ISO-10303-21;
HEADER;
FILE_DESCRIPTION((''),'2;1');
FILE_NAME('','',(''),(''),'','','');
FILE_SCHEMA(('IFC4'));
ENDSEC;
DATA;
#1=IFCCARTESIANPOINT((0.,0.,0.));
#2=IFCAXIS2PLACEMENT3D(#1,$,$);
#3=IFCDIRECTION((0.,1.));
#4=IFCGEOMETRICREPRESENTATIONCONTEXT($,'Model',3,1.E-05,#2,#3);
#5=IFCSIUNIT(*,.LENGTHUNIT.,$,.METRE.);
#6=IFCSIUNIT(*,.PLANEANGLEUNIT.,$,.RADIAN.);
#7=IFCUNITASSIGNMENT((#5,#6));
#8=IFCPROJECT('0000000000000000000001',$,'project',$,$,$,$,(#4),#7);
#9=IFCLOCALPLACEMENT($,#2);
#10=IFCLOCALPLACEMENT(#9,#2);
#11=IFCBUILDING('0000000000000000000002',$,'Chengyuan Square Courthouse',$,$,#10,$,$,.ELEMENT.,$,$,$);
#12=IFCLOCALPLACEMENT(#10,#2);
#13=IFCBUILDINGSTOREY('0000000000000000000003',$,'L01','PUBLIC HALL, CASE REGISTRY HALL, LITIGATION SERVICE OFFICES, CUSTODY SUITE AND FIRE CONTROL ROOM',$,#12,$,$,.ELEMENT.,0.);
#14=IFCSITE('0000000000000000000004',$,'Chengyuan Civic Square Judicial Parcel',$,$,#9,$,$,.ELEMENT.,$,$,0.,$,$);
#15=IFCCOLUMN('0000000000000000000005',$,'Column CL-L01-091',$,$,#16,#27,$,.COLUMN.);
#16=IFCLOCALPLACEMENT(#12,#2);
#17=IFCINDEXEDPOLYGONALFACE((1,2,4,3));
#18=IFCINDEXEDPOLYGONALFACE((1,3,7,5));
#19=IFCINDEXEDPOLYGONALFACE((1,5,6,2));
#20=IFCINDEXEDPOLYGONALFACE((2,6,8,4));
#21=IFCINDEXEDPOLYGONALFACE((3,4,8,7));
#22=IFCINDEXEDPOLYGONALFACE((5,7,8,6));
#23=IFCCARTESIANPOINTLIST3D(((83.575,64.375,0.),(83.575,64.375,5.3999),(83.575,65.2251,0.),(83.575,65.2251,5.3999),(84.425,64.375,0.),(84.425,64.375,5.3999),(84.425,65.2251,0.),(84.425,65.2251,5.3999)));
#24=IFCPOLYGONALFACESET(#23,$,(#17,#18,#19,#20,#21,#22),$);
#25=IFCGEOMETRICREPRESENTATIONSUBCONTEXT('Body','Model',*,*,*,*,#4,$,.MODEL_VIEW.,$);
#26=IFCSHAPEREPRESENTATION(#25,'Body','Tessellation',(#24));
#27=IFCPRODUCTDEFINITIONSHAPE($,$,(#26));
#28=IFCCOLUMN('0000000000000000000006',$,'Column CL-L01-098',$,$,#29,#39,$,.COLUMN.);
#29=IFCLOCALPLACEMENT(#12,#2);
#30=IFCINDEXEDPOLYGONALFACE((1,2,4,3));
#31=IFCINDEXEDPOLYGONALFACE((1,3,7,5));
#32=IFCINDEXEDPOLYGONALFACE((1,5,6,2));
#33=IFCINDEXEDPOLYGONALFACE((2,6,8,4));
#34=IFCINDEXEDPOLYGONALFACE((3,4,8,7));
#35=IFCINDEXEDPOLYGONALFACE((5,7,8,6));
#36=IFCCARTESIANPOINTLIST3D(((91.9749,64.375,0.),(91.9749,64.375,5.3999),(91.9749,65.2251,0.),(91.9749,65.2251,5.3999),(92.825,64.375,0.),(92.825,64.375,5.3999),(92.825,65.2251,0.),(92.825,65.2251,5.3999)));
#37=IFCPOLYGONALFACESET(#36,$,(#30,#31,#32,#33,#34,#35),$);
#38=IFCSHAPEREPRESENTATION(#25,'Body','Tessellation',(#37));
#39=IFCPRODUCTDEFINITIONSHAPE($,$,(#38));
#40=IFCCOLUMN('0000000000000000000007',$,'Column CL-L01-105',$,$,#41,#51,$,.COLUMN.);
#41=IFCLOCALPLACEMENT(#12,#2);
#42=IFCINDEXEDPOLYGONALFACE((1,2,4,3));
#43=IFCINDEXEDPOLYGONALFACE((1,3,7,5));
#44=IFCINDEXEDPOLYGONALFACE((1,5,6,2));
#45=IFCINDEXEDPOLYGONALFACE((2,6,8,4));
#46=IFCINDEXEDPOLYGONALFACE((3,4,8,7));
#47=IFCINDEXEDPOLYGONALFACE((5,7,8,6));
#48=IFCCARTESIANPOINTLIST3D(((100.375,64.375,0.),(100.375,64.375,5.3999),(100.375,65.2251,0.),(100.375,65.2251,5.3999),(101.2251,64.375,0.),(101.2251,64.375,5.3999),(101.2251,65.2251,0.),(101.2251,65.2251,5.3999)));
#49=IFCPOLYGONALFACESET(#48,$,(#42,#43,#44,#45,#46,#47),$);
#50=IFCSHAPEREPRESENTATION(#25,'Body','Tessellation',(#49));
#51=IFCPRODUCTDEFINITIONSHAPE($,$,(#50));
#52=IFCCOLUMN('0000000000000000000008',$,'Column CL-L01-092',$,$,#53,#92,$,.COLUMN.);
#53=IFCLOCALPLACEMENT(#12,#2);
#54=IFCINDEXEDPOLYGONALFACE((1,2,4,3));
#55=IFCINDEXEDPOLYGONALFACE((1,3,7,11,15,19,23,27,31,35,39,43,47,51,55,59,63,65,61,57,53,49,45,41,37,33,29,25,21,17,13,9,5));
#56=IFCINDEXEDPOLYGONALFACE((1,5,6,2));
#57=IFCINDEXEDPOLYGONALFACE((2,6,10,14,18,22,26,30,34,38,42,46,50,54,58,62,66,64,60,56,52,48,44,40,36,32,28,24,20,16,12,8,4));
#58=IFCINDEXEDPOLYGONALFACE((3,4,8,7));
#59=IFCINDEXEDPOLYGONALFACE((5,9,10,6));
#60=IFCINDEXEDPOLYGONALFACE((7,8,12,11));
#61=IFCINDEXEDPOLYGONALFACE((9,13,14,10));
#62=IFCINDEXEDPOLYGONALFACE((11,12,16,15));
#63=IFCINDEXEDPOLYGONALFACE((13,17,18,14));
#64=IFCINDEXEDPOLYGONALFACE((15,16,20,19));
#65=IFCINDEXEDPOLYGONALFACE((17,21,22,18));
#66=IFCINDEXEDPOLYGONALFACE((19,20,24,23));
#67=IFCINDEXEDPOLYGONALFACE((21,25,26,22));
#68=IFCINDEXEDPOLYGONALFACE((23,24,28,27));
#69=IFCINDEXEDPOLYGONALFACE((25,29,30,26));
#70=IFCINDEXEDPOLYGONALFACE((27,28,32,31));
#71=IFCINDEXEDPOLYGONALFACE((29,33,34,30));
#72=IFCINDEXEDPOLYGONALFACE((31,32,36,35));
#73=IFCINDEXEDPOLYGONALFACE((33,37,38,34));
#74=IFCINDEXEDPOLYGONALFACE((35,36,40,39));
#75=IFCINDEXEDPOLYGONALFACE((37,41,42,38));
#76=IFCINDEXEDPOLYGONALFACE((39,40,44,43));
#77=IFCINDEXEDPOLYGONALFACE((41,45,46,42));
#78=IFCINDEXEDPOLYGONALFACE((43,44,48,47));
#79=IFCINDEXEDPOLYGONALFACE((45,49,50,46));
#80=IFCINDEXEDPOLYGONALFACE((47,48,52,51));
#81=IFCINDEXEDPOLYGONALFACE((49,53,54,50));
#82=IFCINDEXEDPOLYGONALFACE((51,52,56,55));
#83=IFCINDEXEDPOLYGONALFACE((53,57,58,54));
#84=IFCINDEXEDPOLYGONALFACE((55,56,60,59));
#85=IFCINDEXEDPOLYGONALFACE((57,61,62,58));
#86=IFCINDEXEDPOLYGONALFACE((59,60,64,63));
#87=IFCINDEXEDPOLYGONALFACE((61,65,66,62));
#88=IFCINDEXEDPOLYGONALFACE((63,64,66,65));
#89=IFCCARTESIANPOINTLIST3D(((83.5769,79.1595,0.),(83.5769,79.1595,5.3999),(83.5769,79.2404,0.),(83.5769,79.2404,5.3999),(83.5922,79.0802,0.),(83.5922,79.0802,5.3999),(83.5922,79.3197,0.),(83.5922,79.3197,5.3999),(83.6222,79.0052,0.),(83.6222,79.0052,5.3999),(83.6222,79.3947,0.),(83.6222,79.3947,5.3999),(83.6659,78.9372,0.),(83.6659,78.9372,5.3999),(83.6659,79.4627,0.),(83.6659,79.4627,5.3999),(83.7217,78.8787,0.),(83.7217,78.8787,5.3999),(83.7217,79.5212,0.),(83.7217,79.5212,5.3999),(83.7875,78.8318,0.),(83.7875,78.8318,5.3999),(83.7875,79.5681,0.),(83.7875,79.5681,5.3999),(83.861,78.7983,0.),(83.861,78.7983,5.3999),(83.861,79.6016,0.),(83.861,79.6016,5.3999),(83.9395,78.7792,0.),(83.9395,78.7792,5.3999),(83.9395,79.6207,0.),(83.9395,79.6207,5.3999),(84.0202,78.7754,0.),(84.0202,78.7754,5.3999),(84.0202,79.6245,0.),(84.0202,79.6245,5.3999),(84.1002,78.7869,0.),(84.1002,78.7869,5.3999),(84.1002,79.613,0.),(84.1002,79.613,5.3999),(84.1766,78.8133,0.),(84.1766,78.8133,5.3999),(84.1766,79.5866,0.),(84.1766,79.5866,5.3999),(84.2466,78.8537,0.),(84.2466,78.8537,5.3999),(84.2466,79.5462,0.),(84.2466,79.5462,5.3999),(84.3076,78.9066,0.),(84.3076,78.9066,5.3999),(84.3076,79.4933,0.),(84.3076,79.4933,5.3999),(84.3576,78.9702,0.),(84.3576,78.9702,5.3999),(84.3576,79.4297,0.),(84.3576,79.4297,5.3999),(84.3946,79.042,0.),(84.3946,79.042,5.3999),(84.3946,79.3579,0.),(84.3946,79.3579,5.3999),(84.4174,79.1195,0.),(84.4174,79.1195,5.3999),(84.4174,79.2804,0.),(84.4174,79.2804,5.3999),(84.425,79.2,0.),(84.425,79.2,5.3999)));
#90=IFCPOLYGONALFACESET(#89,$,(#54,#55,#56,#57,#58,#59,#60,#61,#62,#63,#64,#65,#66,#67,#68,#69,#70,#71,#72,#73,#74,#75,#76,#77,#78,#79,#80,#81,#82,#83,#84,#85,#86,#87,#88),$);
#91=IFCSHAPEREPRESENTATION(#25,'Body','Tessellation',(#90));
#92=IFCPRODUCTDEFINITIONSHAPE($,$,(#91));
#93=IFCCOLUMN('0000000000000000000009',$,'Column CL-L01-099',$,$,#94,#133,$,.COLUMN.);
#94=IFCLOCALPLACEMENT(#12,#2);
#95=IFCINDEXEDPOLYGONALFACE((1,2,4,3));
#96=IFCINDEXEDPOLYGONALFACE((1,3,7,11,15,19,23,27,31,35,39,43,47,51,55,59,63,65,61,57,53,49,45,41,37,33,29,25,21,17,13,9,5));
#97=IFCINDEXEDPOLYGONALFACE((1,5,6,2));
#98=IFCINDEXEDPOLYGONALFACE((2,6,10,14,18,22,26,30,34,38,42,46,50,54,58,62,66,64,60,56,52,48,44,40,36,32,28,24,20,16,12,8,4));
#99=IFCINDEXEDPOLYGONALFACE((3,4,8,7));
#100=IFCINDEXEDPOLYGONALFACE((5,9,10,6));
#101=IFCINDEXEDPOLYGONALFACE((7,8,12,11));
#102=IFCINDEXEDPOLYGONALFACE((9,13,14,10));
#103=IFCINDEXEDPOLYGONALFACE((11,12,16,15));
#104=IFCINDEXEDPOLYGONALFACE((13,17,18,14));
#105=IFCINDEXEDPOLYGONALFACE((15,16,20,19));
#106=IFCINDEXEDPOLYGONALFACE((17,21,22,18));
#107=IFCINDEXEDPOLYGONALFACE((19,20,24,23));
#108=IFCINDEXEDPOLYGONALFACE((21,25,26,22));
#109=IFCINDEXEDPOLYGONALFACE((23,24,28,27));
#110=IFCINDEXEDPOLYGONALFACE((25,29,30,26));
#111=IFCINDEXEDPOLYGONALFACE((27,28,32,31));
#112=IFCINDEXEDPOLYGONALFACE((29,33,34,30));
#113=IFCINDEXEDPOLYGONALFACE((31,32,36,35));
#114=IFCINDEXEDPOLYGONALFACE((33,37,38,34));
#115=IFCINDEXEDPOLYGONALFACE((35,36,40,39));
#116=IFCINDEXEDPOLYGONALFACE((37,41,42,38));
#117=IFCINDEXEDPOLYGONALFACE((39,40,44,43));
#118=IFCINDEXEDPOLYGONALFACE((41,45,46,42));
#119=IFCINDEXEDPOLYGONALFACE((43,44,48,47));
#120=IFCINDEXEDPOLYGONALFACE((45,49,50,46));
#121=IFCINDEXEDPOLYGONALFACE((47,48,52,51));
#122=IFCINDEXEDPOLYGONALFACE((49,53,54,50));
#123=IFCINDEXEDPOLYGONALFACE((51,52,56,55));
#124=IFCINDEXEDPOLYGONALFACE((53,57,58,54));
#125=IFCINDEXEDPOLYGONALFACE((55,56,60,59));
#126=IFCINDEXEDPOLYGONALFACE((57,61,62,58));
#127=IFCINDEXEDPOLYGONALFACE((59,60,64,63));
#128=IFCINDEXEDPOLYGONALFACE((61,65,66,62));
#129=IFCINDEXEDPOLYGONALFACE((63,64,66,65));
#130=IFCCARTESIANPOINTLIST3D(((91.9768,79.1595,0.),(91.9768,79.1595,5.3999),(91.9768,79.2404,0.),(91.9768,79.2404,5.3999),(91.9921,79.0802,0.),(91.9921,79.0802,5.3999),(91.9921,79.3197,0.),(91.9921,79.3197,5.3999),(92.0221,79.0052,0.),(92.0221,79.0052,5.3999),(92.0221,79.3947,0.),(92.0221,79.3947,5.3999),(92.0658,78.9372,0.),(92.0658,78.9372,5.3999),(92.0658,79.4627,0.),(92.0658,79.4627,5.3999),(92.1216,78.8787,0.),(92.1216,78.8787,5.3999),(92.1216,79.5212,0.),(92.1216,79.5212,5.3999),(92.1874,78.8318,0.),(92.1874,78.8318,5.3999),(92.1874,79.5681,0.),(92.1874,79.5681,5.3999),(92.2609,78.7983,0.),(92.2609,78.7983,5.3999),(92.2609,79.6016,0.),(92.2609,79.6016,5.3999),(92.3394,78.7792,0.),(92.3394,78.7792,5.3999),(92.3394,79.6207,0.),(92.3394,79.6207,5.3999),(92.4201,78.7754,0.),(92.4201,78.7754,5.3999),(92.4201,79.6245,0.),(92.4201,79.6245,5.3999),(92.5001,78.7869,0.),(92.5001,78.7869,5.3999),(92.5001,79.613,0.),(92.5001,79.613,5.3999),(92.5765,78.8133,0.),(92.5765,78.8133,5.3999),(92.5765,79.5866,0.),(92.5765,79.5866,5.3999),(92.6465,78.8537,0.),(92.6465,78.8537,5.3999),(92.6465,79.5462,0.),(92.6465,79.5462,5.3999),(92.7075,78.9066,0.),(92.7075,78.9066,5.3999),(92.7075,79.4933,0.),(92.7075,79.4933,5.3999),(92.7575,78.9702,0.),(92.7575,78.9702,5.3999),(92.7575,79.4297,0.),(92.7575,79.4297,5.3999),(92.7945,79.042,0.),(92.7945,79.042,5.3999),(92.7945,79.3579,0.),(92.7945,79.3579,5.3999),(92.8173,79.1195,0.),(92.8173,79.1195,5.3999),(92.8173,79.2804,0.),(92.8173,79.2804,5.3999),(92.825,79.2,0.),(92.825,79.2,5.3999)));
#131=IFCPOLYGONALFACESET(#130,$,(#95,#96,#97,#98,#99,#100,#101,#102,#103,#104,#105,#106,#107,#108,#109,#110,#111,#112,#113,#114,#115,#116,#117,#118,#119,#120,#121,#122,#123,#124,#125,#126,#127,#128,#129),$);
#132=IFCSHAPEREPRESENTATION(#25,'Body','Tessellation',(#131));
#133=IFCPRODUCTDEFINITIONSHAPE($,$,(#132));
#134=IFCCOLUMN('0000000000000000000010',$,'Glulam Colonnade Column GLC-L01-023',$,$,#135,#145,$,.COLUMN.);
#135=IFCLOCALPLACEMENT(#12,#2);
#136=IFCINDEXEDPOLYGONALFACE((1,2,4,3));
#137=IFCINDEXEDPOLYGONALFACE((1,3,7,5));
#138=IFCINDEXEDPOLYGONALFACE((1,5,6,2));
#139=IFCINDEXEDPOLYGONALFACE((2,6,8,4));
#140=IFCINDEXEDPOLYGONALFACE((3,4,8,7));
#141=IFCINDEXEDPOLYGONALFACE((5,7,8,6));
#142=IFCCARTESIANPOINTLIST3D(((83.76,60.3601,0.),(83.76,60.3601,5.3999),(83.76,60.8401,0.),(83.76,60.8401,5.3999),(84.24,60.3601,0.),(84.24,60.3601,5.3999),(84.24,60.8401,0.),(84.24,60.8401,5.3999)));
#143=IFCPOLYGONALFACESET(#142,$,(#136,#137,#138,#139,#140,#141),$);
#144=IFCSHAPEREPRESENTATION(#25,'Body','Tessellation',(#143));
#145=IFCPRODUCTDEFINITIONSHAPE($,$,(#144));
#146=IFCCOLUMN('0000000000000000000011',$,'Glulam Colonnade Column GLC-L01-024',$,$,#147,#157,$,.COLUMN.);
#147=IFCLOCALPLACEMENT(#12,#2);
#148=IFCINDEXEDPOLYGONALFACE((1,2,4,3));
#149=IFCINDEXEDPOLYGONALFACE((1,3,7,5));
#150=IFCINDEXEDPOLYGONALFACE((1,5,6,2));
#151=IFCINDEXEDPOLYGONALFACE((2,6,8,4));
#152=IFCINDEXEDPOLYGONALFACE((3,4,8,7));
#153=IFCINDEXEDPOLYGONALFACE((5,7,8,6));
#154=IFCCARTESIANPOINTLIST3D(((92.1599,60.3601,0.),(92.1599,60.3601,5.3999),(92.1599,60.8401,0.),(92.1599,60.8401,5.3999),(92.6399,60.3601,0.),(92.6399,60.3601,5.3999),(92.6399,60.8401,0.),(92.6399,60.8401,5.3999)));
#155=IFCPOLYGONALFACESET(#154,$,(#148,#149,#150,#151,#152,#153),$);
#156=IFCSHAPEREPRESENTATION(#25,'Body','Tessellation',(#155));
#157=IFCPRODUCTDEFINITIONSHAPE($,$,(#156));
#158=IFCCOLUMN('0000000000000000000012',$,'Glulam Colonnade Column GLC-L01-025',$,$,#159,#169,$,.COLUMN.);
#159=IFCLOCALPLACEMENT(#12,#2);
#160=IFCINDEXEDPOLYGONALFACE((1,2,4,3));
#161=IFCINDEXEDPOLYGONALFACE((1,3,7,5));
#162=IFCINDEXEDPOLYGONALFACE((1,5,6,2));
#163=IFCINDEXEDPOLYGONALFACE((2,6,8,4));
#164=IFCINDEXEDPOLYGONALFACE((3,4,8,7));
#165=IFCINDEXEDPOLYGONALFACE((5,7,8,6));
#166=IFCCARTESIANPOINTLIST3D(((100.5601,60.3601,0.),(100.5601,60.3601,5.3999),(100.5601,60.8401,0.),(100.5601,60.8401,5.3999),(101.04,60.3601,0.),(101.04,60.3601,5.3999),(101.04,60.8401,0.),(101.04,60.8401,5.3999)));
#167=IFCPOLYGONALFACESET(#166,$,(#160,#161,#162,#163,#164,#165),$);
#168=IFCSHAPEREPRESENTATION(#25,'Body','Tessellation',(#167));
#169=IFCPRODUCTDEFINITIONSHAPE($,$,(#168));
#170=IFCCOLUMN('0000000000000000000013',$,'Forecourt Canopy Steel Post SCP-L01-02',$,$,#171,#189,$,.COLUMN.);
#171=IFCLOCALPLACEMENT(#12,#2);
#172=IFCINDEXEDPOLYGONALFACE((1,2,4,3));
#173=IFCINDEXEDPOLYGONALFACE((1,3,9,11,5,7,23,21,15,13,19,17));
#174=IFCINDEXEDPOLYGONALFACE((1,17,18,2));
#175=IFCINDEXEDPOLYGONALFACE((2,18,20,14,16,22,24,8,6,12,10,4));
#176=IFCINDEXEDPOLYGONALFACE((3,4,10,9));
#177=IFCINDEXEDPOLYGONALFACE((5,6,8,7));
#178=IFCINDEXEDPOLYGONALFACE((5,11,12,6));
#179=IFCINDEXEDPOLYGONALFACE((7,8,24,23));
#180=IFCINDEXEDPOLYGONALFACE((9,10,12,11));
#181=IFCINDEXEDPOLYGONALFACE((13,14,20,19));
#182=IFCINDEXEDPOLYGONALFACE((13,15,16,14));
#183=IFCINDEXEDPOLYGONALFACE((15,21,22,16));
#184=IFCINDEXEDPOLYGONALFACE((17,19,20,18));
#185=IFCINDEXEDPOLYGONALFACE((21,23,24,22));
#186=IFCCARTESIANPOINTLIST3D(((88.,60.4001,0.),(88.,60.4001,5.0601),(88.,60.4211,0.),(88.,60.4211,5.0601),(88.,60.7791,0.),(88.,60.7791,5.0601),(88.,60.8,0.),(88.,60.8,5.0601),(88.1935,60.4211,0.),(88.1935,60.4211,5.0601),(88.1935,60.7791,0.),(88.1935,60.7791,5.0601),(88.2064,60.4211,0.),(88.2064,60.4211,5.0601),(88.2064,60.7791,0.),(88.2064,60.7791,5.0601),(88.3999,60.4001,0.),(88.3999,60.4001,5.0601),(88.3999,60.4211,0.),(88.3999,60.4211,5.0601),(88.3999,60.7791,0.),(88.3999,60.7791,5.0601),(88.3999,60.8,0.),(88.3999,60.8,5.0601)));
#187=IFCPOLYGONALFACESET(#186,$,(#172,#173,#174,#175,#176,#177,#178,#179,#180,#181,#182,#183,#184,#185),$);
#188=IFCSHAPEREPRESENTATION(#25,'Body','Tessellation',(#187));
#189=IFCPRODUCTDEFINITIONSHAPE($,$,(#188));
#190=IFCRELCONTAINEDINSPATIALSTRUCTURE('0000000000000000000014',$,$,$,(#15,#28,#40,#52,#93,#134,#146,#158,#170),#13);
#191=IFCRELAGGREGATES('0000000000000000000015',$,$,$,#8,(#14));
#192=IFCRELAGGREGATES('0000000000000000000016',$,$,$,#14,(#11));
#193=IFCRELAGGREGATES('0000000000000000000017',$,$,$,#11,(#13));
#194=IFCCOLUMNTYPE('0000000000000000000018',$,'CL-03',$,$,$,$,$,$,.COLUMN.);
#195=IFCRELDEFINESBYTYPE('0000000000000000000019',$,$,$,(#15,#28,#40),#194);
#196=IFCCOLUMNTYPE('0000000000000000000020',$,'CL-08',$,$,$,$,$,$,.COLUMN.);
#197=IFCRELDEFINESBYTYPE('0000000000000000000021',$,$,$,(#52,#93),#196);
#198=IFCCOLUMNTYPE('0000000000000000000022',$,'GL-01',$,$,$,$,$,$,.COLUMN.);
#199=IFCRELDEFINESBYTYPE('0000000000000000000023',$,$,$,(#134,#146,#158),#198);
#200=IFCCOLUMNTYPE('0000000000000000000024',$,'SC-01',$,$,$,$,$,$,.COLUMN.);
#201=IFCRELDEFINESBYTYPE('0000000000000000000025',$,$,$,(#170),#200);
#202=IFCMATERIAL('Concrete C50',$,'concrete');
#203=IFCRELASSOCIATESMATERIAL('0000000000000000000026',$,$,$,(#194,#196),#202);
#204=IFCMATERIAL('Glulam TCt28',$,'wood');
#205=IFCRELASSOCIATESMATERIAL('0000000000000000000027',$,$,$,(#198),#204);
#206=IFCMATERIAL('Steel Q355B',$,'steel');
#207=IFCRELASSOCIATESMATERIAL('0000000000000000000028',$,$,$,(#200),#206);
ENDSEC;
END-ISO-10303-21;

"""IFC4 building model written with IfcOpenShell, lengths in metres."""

from ifc_helpers import new_model, si_unit, direction, frame, origin, origin_2d, place, context, subcontext, project, spatial, rectangle, circle, i_section, extrude, material, material_profile, profile_set, type_object, element, save


model = new_model("IFC4")

# Units and contexts
model_context = context("Model", 3, precision=1e-05, world=origin(), true_north=direction((0.0, 1.0)))
body_context = subcontext(model_context, "Body", "Model", "MODEL_VIEW")
ifc_project = project(units=[si_unit("LENGTHUNIT", "METRE"), si_unit("PLANEANGLEUNIT", "RADIAN")], contexts=[model_context])

# Site, building, storey
site_placement = place(None, origin())
site = spatial("IfcSite", under=ifc_project, at=site_placement, Name="Chengyuan Civic Square Judicial Parcel", CompositionType="ELEMENT", RefElevation=0.0)
building_placement = place(site_placement, origin())
building = spatial("IfcBuilding", under=site, at=building_placement, Name="Chengyuan Square Courthouse", CompositionType="ELEMENT")
storey_placement = place(building_placement, origin())
storey = spatial("IfcBuildingStorey", under=building, at=storey_placement, Name="L01", Description="PUBLIC HALL, CASE REGISTRY HALL, LITIGATION SERVICE OFFICES, CUSTODY SUITE AND FIRE CONTROL ROOM", CompositionType="ELEMENT", Elevation=0.0)

# Columns
ifc_material_1 = material(Name="Concrete C50", Category="concrete")
ifc_material_profile_1 = material_profile(ifc_material_1, rectangle(XDim=0.8501, YDim=0.8501, at=origin_2d()), Name="RC-COL-850x850")
ifc_profile_set_1 = profile_set([ifc_material_profile_1], Name="Concrete C50")
column_type_1 = type_object("IfcColumnType", Name="CL-03", PredefinedType="COLUMN", material=ifc_profile_set_1)
for number, where, z_axis, x_axis, name in (
    (1, (84.0, 64.8, 0.0), (0.0, 0.0, 1.0), (1.0, 0.0, 0.0), "Column CL-L01-091"),
    (2, (92.3999, 64.8, 0.0), (0.0, 0.0, 1.0), (1.0, 0.0, 0.0), "Column CL-L01-098"),
    (3, (100.8, 64.8, 0.0), (0.0, 0.0, 1.0), (1.0, 0.0, 0.0), "Column CL-L01-105"),
):
    element("IfcColumn", number, at=place(storey_placement, frame(where, z_axis=z_axis, x_axis=x_axis)), inside=storey, type_object=column_type_1, Name=name, PredefinedType="COLUMN", context=body_context, shape_type="SweptSolid", body=[
        extrude(rectangle(XDim=0.8501, YDim=0.8501, at=origin_2d()), origin(), (0.0, 0.0, 1.0), 5.3999),
    ])
ifc_material_profile_2 = material_profile(ifc_material_1, circle(Radius=0.425, at=origin_2d()), Name="RC-COL-D850")
ifc_profile_set_2 = profile_set([ifc_material_profile_2], Name="Concrete C50")
column_type_2 = type_object("IfcColumnType", Name="CL-08", PredefinedType="COLUMN", material=ifc_profile_set_2)
for number, where, z_axis, x_axis, name in (
    (4, (84.0, 79.2, 0.0), (0.0, 0.0, 1.0), (1.0, 0.0, 0.0), "Column CL-L01-092"),
    (5, (92.3999, 79.2, 0.0), (0.0, 0.0, 1.0), (1.0, 0.0, 0.0), "Column CL-L01-099"),
):
    element("IfcColumn", number, at=place(storey_placement, frame(where, z_axis=z_axis, x_axis=x_axis)), inside=storey, type_object=column_type_2, Name=name, PredefinedType="COLUMN", context=body_context, shape_type="SweptSolid", body=[
        extrude(circle(Radius=0.425, at=origin_2d()), origin(), (0.0, 0.0, 1.0), 5.3999),
    ])
ifc_material_2 = material(Name="Glulam TCt28", Category="wood")
ifc_material_profile_3 = material_profile(ifc_material_2, rectangle(XDim=0.48, YDim=0.48, at=origin_2d()), Name="GL-COL-480x480")
ifc_profile_set_3 = profile_set([ifc_material_profile_3], Name="Glulam TCt28")
column_type_3 = type_object("IfcColumnType", Name="GL-01", PredefinedType="COLUMN", material=ifc_profile_set_3)
for number, where, z_axis, x_axis, name in (
    (6, (84.0, 60.6001, 0.0), (0.0, 0.0, 1.0), (1.0, 0.0, 0.0), "Glulam Colonnade Column GLC-L01-023"),
    (7, (92.3999, 60.6001, 0.0), (0.0, 0.0, 1.0), (1.0, 0.0, 0.0), "Glulam Colonnade Column GLC-L01-024"),
    (8, (100.8, 60.6001, 0.0), (0.0, 0.0, 1.0), (1.0, 0.0, 0.0), "Glulam Colonnade Column GLC-L01-025"),
):
    element("IfcColumn", number, at=place(storey_placement, frame(where, z_axis=z_axis, x_axis=x_axis)), inside=storey, type_object=column_type_3, Name=name, PredefinedType="COLUMN", context=body_context, shape_type="SweptSolid", body=[
        extrude(rectangle(XDim=0.48, YDim=0.48, at=origin_2d()), origin(), (0.0, 0.0, 1.0), 5.3999),
    ])
ifc_material_3 = material(Name="Steel Q355B", Category="steel")
ifc_material_profile_4 = material_profile(ifc_material_3, i_section(OverallWidth=0.3999, OverallDepth=0.3999, WebThickness=0.0129, FlangeThickness=0.021, at=origin_2d()), Name="HW 400x400x13x21")
ifc_profile_set_4 = profile_set([ifc_material_profile_4], Name="Steel Q355B")
column_type_4 = type_object("IfcColumnType", Name="SC-01", PredefinedType="COLUMN", material=ifc_profile_set_4)
for number, where, z_axis, x_axis, name in (
    (9, (88.2, 60.6001, 0.0), (0.0, 0.0, 1.0), (1.0, 0.0, 0.0), "Forecourt Canopy Steel Post SCP-L01-02"),
):
    element("IfcColumn", number, at=place(storey_placement, frame(where, z_axis=z_axis, x_axis=x_axis)), inside=storey, type_object=column_type_4, Name=name, PredefinedType="COLUMN", context=body_context, shape_type="SweptSolid", body=[
        extrude(i_section(OverallWidth=0.3999, OverallDepth=0.3999, WebThickness=0.0129, FlangeThickness=0.021, at=origin_2d()), origin(), (0.0, 0.0, 1.0), 5.0601),
    ])

save(model, "model.ifc")
